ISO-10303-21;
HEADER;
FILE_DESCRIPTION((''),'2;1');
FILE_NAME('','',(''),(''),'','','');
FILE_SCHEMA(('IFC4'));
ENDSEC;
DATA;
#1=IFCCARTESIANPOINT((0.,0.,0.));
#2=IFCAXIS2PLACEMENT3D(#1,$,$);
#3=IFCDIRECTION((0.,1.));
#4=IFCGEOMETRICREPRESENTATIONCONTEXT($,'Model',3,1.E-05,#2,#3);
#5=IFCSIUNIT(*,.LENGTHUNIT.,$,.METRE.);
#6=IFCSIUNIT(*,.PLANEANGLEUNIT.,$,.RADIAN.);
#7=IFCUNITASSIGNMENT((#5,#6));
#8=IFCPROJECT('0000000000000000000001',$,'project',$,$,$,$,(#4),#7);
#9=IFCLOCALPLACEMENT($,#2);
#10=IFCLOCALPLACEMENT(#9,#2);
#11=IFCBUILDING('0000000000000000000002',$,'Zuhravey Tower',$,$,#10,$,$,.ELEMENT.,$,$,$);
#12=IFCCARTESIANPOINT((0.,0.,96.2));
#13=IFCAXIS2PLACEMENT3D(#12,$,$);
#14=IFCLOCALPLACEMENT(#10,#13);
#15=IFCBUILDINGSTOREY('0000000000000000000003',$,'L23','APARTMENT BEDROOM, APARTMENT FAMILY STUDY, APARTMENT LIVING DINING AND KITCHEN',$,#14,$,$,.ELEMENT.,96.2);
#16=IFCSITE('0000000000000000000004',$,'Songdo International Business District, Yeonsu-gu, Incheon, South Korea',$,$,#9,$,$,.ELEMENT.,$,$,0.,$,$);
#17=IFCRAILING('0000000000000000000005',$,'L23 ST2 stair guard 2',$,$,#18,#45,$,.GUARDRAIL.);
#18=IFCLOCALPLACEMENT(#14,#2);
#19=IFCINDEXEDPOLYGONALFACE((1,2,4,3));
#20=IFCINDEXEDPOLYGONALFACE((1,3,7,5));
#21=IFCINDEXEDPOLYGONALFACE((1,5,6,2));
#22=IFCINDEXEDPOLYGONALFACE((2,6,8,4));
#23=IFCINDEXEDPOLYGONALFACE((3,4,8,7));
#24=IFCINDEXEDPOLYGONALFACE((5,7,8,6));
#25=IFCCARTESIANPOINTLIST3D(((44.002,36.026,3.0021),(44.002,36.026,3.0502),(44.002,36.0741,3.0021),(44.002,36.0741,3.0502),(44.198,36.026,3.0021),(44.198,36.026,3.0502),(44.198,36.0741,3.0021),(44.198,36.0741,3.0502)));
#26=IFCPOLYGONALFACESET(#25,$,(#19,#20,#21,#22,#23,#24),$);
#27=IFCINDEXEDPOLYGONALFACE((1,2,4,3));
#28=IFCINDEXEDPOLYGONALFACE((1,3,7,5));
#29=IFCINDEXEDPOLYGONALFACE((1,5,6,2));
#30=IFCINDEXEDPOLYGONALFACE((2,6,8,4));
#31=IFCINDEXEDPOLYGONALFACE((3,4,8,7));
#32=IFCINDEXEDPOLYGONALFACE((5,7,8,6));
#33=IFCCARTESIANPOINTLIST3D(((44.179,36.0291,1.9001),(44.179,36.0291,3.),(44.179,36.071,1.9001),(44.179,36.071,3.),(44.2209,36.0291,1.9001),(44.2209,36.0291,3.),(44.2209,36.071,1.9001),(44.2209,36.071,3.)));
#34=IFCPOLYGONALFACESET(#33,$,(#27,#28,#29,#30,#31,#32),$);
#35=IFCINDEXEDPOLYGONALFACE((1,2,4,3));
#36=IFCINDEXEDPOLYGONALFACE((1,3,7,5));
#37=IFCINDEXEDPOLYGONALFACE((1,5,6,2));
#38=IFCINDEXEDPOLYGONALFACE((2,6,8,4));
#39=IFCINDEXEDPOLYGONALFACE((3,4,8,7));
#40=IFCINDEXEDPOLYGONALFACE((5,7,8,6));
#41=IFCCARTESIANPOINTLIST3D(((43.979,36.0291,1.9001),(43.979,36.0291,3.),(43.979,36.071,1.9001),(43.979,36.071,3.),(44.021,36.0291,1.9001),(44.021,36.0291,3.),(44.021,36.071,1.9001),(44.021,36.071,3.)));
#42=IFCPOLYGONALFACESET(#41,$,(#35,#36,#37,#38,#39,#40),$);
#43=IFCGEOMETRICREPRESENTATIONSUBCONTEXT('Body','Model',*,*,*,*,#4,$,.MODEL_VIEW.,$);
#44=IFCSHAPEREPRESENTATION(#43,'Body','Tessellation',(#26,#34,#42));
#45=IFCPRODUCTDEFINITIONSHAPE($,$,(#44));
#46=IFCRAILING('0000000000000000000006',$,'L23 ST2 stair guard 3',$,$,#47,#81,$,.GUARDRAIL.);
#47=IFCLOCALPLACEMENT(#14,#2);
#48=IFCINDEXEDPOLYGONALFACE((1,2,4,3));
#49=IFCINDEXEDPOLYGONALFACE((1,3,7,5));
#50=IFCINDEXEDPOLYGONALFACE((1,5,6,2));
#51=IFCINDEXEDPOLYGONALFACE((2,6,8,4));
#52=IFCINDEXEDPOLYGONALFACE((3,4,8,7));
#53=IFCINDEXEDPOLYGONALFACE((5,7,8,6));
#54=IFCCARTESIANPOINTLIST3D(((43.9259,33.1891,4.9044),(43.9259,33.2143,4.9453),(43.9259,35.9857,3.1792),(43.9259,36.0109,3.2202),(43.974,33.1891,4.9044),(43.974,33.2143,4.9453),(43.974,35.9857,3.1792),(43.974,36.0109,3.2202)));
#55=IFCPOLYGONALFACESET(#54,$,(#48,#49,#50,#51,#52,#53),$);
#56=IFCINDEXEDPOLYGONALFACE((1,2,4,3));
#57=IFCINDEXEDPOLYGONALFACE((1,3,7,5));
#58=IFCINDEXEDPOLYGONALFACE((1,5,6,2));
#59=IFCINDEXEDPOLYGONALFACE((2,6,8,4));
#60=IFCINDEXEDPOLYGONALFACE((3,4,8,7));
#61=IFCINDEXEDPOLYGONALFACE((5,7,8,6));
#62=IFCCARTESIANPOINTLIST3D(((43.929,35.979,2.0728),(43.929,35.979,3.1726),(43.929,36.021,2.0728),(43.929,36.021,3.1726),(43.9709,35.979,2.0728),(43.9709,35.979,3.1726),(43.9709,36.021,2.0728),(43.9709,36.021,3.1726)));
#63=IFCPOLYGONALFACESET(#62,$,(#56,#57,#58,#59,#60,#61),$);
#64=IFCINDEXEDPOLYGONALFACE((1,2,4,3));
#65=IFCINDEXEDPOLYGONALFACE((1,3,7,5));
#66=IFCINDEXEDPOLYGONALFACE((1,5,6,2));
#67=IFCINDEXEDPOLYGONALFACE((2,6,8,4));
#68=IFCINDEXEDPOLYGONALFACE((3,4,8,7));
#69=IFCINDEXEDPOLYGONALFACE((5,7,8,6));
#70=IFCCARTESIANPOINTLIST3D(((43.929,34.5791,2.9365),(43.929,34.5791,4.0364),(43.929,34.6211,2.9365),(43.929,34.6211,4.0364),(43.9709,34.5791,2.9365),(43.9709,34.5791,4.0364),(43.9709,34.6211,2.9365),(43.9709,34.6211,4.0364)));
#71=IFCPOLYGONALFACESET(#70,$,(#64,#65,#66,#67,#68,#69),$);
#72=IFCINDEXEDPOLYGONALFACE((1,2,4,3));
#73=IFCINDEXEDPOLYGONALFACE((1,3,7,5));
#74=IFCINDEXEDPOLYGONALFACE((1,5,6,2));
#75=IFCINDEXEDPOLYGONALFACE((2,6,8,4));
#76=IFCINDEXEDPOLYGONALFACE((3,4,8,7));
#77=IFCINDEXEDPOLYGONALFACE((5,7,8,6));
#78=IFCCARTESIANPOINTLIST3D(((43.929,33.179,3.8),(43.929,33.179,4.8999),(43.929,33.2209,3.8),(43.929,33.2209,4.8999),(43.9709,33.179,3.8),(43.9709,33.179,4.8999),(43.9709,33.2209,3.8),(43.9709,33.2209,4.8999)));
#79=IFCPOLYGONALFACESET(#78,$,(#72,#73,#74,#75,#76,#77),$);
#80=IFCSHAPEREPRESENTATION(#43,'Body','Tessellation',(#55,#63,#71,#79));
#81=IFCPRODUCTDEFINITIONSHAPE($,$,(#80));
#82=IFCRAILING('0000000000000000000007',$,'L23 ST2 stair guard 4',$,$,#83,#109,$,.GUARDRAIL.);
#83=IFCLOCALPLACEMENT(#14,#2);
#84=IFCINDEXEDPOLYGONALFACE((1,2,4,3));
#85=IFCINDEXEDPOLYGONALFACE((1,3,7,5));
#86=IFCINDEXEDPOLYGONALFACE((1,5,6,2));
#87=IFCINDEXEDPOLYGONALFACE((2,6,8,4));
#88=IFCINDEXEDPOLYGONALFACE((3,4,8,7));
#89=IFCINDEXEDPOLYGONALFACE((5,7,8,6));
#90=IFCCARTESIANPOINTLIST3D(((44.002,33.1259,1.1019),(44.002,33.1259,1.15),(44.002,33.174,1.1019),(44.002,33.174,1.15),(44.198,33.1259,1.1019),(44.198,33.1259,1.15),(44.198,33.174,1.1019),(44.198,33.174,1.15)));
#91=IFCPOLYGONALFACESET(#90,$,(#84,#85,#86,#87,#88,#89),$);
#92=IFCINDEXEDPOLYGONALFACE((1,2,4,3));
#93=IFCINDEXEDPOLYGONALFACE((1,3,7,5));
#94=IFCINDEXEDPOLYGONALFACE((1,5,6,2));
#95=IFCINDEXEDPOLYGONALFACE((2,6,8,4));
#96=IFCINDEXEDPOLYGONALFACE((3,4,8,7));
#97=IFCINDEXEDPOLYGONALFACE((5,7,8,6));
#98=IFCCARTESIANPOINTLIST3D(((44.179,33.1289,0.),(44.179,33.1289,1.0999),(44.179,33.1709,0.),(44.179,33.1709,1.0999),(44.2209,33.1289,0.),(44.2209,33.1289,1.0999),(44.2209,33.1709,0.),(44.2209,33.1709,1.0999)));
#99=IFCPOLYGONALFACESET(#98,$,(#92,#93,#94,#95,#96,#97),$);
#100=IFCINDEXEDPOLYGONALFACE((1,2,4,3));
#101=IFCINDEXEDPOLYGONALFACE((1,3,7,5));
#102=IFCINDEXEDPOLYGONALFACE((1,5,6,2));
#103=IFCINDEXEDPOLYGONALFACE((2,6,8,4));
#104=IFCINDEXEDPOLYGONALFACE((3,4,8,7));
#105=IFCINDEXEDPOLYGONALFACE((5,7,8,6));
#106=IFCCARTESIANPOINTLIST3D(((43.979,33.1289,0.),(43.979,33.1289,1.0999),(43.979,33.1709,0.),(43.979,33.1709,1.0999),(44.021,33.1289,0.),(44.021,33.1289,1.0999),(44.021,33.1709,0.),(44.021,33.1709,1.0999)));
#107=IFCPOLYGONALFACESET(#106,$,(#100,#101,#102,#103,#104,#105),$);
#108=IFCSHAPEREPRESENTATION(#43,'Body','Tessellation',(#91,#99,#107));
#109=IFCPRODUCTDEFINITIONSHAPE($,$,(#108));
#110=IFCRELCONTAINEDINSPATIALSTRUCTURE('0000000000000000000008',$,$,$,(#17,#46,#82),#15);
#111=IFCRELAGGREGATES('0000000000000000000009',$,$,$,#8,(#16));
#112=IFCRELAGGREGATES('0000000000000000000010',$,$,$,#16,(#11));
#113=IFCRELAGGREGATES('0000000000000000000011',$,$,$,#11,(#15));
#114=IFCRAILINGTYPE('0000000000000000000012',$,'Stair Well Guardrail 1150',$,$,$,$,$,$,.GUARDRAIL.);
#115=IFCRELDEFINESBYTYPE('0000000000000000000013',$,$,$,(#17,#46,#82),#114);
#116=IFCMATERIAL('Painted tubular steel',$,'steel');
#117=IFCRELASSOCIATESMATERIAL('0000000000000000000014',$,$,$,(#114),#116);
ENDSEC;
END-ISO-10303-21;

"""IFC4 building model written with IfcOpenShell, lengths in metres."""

from ifc_helpers import new_model, si_unit, direction, frame, origin, origin_2d, place, context, subcontext, project, spatial, rectangle, extrude, material, type_object, element, save


model = new_model("IFC4")

# Units and contexts
model_context = context("Model", 3, precision=1e-05, world=origin(), true_north=direction((0.0, 1.0)))
body_context = subcontext(model_context, "Body", "Model", "MODEL_VIEW")
ifc_project = project(units=[si_unit("LENGTHUNIT", "METRE"), si_unit("PLANEANGLEUNIT", "RADIAN")], contexts=[model_context])

# Site, building, storey
site_placement = place(None, origin())
site = spatial("IfcSite", under=ifc_project, at=site_placement, Name="Songdo International Business District, Yeonsu-gu, Incheon, South Korea", CompositionType="ELEMENT", RefElevation=0.0)
building_placement = place(site_placement, origin())
building = spatial("IfcBuilding", under=site, at=building_placement, Name="Zuhravey Tower", CompositionType="ELEMENT")
storey_placement = place(building_placement, frame((0.0, 0.0, 96.2)))
storey = spatial("IfcBuildingStorey", under=building, at=storey_placement, Name="L23", Description="APARTMENT BEDROOM, APARTMENT FAMILY STUDY, APARTMENT LIVING DINING AND KITCHEN", CompositionType="ELEMENT", Elevation=96.2)

# Railings
ifc_material_1 = material(Name="Painted tubular steel", Category="steel")
railing_type_1 = type_object("IfcRailingType", Name="Stair Well Guardrail 1150", PredefinedType="GUARDRAIL", material=ifc_material_1)
railing_1_placement = place(storey_placement, frame((44.2, 36.05, 1.9001)))
element("IfcRailing", 1, at=railing_1_placement, inside=storey, type_object=railing_type_1, Name="L23 ST2 stair guard 2", PredefinedType="GUARDRAIL", context=body_context, shape_type="SweptSolid", body=[
    extrude(rectangle(XDim=0.0481, YDim=0.0481, at=origin_2d()), frame((-0.002, 0.0, 1.126), z_axis=(-1.0, 0.0, 0.0), x_axis=(0.0, -1.0, 0.0)), (0.0, 0.0, 1.0), 0.196),
    extrude(rectangle(XDim=0.042, YDim=0.042, at=origin_2d()), origin(), (0.0, 0.0, 1.0), 1.0999),
    extrude(rectangle(XDim=0.042, YDim=0.042, at=origin_2d()), frame((-0.2, 0.0, 0.0)), (0.0, 0.0, 1.0), 1.0999),
])
railing_2_placement = place(storey_placement, frame((43.95, 36.0, 2.0728)))
element("IfcRailing", 2, at=railing_2_placement, inside=storey, type_object=railing_type_1, Name="L23 ST2 stair guard 3", PredefinedType="GUARDRAIL", context=body_context, shape_type="SweptSolid", body=[
    extrude(rectangle(XDim=0.0481, YDim=0.0481, at=origin_2d()), frame((0.0, -0.0017, 1.127), z_axis=(0.0, -0.85109, 0.52502), x_axis=(1.0, 0.0, 0.0)), (0.0, 0.0, 1.0), 3.2859),
    extrude(rectangle(XDim=0.042, YDim=0.042, at=origin_2d()), origin(), (0.0, 0.0, 1.0), 1.0999),
    extrude(rectangle(XDim=0.042, YDim=0.042, at=origin_2d()), frame((0.0, -1.3999, 0.8638)), (0.0, 0.0, 1.0), 1.0999),
    extrude(rectangle(XDim=0.042, YDim=0.042, at=origin_2d()), frame((0.0, -2.8, 1.7273)), (0.0, 0.0, 1.0), 1.0999),
])
railing_3_placement = place(storey_placement, frame((44.2, 33.1499, 0.0)))
element("IfcRailing", 3, at=railing_3_placement, inside=storey, type_object=railing_type_1, Name="L23 ST2 stair guard 4", PredefinedType="GUARDRAIL", context=body_context, shape_type="SweptSolid", body=[
    extrude(rectangle(XDim=0.0481, YDim=0.0481, at=origin_2d()), frame((-0.002, 0.0, 1.126), z_axis=(-1.0, 0.0, 0.0), x_axis=(0.0, -1.0, 0.0)), (0.0, 0.0, 1.0), 0.196),
    extrude(rectangle(XDim=0.042, YDim=0.042, at=origin_2d()), origin(), (0.0, 0.0, 1.0), 1.0999),
    extrude(rectangle(XDim=0.042, YDim=0.042, at=origin_2d()), frame((-0.2, 0.0, 0.0)), (0.0, 0.0, 1.0), 1.0999),
])

save(model, "model.ifc")
